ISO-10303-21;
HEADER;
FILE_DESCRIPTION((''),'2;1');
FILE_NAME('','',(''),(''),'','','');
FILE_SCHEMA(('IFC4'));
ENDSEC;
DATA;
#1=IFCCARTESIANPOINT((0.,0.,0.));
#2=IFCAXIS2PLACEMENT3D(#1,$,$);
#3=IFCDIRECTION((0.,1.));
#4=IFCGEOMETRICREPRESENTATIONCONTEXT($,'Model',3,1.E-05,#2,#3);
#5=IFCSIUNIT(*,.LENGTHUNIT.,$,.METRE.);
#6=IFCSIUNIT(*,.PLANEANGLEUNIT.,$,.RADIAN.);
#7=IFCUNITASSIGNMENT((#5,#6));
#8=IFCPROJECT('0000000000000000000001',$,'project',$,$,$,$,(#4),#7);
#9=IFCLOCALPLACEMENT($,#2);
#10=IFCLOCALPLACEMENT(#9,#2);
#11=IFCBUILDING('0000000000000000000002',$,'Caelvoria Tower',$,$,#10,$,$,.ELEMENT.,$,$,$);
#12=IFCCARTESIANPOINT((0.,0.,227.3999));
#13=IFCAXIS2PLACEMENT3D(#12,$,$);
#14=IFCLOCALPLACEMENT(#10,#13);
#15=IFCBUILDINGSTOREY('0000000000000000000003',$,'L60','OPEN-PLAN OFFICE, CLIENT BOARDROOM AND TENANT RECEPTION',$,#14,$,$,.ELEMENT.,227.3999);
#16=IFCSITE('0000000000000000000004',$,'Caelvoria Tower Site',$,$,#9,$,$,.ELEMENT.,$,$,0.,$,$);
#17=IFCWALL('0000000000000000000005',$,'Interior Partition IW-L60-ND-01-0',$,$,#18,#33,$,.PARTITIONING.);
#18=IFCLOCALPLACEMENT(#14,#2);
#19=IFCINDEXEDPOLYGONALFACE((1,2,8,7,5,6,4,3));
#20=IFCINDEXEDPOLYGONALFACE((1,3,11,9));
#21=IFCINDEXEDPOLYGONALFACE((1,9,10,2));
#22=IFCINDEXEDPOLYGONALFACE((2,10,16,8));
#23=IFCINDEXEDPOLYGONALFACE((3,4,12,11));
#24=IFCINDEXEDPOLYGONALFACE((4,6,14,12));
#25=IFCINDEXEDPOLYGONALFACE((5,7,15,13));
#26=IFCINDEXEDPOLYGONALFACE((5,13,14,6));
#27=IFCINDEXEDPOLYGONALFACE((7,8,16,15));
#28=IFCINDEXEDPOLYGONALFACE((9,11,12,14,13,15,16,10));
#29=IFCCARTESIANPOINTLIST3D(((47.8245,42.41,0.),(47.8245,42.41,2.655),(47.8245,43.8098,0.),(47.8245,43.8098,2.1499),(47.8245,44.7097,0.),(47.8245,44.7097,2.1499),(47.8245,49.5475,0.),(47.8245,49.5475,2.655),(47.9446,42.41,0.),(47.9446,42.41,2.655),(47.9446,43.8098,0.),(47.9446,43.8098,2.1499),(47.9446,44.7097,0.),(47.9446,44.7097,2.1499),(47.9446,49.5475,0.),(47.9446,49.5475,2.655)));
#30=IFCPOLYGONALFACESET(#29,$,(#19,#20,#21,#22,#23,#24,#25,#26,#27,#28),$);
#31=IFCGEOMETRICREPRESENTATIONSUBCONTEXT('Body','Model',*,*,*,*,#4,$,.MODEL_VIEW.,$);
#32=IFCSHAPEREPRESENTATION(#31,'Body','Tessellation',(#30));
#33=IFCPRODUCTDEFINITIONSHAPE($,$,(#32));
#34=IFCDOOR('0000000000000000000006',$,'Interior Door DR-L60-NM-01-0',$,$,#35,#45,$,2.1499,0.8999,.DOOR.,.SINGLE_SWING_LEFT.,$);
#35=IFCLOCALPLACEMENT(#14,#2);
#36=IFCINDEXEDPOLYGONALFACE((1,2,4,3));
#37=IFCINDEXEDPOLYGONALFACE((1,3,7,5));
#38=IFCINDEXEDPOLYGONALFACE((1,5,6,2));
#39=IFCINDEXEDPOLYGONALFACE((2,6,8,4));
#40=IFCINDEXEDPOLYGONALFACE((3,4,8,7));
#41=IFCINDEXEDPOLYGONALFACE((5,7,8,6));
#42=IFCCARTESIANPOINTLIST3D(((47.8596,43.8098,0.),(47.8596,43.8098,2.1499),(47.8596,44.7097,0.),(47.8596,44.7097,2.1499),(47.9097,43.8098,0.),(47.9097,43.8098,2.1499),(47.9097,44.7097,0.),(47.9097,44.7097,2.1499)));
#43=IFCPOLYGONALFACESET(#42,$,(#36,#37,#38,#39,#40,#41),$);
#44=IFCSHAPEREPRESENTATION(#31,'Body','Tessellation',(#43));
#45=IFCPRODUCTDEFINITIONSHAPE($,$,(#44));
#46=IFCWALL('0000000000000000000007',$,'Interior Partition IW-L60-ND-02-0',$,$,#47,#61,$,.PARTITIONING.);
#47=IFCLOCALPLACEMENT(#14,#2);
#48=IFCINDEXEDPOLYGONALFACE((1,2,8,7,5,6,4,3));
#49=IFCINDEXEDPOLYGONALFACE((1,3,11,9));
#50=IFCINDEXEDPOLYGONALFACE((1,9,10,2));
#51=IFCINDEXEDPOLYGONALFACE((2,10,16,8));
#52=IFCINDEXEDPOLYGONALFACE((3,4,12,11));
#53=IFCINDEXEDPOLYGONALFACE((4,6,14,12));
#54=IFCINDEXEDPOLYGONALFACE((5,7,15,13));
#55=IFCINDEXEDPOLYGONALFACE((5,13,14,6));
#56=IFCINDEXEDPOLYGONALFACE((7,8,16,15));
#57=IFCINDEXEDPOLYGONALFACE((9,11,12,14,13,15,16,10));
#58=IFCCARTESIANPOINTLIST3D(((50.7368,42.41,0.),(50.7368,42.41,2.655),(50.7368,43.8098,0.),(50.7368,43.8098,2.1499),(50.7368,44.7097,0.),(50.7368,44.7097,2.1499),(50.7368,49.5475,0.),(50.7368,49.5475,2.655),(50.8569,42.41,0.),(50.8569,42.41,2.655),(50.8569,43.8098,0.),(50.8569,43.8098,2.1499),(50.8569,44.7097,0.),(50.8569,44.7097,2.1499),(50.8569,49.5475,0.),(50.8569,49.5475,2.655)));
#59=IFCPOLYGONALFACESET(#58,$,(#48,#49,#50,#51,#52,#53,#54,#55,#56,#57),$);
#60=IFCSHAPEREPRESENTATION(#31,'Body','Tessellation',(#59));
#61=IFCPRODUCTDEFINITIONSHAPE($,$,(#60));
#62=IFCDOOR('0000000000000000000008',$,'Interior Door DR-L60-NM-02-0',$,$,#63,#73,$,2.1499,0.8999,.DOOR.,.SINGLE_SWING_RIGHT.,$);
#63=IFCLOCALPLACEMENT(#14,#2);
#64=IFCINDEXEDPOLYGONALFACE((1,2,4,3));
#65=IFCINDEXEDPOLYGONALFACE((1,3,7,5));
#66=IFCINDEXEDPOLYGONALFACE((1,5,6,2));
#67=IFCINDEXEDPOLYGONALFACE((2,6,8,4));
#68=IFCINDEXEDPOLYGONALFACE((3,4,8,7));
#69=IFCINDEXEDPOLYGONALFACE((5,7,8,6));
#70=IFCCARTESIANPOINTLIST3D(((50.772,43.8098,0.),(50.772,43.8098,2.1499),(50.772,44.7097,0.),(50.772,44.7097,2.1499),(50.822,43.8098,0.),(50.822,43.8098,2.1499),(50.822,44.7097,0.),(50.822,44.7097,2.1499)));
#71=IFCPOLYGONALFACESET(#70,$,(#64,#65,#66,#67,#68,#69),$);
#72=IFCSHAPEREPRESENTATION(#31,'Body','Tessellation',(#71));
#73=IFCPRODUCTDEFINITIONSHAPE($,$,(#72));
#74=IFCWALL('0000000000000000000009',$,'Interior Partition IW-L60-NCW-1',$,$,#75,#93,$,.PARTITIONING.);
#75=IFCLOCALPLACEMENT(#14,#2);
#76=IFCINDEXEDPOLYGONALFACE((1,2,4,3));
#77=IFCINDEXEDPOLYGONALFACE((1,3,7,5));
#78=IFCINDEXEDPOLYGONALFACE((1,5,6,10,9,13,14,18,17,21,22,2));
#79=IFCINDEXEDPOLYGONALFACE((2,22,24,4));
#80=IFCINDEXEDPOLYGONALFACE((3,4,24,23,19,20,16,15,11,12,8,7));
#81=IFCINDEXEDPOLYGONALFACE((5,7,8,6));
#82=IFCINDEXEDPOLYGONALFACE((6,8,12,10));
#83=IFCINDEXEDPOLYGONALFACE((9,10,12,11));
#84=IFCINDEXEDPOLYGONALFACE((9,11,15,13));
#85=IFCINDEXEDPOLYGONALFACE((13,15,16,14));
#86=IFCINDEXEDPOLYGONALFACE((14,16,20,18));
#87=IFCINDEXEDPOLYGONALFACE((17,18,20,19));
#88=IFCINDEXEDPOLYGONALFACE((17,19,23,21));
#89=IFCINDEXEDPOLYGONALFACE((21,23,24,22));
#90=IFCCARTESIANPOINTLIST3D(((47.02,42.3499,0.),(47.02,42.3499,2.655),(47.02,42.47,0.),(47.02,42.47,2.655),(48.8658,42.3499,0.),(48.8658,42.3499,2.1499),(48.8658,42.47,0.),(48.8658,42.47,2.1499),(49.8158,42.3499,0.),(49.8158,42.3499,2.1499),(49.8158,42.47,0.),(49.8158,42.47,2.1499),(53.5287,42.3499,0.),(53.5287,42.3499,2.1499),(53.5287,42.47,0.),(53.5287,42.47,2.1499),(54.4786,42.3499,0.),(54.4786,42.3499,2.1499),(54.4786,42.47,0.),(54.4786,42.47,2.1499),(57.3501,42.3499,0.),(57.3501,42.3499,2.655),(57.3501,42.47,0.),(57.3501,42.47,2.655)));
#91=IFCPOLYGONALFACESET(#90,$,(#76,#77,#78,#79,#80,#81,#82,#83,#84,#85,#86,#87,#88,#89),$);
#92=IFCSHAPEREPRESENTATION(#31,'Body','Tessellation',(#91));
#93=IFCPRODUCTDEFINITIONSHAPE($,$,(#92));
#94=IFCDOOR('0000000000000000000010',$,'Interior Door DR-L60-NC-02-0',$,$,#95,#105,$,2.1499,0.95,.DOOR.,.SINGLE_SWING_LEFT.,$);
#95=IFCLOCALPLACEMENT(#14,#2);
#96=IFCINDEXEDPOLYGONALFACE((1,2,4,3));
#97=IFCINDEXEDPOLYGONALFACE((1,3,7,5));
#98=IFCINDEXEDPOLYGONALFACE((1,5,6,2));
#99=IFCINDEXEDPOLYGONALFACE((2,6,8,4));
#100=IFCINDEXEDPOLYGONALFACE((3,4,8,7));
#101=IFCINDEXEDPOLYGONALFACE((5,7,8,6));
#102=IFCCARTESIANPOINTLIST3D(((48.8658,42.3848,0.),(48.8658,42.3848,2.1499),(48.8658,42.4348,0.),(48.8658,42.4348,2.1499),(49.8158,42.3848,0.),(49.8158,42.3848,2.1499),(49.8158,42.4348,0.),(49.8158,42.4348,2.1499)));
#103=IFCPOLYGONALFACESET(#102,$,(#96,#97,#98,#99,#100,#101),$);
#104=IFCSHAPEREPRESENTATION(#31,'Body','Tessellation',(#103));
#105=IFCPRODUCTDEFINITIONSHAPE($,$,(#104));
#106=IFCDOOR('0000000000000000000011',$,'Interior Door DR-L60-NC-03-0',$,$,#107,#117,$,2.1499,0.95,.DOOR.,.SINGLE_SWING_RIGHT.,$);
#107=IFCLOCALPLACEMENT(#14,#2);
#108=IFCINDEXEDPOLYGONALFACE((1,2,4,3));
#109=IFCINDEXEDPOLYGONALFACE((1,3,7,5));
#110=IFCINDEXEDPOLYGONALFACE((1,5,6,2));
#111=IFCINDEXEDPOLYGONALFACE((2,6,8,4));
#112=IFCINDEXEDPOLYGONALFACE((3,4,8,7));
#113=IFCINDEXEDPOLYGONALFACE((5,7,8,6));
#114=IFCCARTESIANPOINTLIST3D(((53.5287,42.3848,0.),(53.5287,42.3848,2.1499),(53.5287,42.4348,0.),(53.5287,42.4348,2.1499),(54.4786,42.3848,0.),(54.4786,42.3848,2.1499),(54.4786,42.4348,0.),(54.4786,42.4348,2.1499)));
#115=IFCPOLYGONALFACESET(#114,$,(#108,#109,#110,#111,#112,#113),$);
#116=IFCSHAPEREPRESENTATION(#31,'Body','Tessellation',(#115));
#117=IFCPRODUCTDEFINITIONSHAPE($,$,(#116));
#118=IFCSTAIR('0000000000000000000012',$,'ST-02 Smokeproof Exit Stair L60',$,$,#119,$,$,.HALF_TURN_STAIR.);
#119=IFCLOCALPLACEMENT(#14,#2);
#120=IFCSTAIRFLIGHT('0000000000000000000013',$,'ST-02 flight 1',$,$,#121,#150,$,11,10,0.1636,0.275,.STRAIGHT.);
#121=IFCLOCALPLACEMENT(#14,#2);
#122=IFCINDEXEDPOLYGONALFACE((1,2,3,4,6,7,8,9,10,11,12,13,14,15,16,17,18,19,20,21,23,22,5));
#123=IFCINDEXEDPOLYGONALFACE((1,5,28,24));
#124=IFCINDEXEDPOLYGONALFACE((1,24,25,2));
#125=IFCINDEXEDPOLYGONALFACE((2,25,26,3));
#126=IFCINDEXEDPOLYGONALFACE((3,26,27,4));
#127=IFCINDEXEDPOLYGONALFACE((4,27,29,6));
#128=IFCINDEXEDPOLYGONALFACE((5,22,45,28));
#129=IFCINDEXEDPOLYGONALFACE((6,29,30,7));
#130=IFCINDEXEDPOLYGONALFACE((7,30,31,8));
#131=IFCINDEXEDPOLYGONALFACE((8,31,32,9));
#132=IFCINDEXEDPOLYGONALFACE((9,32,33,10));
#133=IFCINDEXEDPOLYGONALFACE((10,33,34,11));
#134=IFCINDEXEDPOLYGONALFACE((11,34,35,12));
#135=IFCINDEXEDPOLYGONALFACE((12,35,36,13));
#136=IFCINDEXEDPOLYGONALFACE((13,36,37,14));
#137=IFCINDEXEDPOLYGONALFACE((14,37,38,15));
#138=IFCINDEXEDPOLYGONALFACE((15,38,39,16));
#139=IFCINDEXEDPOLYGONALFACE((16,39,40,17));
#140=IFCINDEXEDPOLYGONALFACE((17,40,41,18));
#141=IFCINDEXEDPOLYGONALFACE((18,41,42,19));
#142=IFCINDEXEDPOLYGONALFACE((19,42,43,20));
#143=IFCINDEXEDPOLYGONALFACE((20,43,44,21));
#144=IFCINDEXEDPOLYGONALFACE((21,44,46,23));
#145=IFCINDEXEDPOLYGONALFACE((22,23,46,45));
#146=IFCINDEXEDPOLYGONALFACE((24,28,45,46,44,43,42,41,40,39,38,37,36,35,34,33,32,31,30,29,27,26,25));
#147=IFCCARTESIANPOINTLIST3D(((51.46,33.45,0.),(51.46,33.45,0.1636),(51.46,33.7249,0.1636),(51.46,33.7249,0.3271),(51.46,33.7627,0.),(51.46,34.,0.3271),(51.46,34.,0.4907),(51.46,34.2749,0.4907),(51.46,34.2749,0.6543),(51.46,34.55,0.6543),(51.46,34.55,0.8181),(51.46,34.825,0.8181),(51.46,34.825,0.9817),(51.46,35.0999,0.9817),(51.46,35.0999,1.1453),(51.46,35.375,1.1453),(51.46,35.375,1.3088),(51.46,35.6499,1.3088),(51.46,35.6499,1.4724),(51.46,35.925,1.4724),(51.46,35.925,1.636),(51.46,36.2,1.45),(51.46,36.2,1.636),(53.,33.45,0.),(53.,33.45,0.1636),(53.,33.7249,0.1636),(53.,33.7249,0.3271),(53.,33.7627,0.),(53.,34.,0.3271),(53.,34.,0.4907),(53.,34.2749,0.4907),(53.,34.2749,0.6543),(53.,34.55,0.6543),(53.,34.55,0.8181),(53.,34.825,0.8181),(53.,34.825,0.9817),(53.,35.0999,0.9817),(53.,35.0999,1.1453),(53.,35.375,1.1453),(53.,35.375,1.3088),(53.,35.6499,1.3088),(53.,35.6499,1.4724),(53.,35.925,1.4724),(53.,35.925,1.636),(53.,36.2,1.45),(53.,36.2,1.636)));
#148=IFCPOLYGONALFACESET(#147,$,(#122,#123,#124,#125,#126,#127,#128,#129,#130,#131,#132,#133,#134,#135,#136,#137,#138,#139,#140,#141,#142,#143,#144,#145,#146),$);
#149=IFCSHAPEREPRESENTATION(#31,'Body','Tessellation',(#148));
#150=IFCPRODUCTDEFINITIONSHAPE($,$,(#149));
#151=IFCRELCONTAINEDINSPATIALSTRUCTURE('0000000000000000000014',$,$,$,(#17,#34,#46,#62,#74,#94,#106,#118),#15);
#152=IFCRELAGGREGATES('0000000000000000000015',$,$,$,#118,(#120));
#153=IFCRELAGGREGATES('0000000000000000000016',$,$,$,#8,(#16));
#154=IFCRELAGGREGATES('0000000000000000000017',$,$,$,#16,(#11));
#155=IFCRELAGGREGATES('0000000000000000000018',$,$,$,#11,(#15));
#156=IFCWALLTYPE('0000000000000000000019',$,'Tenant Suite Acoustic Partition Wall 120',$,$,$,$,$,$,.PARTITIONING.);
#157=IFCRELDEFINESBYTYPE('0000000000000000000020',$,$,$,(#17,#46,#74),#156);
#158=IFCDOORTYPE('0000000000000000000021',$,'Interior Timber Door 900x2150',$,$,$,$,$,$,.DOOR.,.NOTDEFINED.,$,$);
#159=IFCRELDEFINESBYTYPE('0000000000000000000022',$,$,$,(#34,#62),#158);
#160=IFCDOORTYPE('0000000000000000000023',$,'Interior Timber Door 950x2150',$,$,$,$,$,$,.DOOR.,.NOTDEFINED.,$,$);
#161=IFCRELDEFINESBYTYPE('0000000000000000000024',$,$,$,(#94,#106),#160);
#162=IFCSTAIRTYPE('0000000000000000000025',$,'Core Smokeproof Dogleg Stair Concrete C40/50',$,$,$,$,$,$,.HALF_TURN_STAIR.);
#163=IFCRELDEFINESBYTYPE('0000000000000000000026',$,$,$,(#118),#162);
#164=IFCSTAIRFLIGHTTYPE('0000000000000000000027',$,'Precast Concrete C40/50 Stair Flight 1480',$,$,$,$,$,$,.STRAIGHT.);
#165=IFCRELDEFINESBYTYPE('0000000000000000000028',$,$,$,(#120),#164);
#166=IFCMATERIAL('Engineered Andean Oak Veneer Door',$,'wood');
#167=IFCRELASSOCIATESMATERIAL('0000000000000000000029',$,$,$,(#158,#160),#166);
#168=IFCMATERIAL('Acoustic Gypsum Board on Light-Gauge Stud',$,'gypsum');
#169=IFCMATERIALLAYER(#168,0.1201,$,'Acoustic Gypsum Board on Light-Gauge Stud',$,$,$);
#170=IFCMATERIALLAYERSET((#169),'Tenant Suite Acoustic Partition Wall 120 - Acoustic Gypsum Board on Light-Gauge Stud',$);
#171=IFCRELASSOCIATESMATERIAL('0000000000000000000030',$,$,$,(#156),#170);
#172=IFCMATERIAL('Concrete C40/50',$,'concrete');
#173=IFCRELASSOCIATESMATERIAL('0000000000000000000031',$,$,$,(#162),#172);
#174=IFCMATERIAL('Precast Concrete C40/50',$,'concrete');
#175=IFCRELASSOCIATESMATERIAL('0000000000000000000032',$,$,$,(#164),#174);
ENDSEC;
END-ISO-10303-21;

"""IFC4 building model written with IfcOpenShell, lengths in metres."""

from ifc_helpers import new_model, si_unit, direction, frame, frame_2d, origin, place, context, subcontext, project, spatial, polyline, rectangle, outline, extrude, material, layer, layer_set, type_object, element, fill, aggregate, save


model = new_model("IFC4")

# Units and contexts
model_context = context("Model", 3, precision=1e-05, world=origin(), true_north=direction((0.0, 1.0)))
body_context = subcontext(model_context, "Body", "Model", "MODEL_VIEW")
ifc_project = project(units=[si_unit("LENGTHUNIT", "METRE"), si_unit("PLANEANGLEUNIT", "RADIAN")], contexts=[model_context])

# Site, building, storey
site_placement = place(None, origin())
site = spatial("IfcSite", under=ifc_project, at=site_placement, Name="Caelvoria Tower Site", CompositionType="ELEMENT", RefElevation=0.0)
building_placement = place(site_placement, origin())
building = spatial("IfcBuilding", under=site, at=building_placement, Name="Caelvoria Tower", CompositionType="ELEMENT")
storey_placement = place(building_placement, frame((0.0, 0.0, 227.3999)))
storey = spatial("IfcBuildingStorey", under=building, at=storey_placement, Name="L60", Description="OPEN-PLAN OFFICE, CLIENT BOARDROOM AND TENANT RECEPTION", CompositionType="ELEMENT", Elevation=227.3999)

# Walls, openings, doors
ifc_material_1 = material(Name="Engineered Andean Oak Veneer Door", Category="wood")
door_type_1 = type_object("IfcDoorType", Name="Interior Timber Door 900x2150", OperationType="NOTDEFINED", PredefinedType="DOOR", material=ifc_material_1)
ifc_material_2 = material(Name="Acoustic Gypsum Board on Light-Gauge Stud", Category="gypsum")
ifc_layer_1 = layer(ifc_material_2, 0.1201, Name="Acoustic Gypsum Board on Light-Gauge Stud")
ifc_layer_set_1 = layer_set([ifc_layer_1], Name="Tenant Suite Acoustic Partition Wall 120 - Acoustic Gypsum Board on Light-Gauge Stud")
wall_type_1 = type_object("IfcWallType", Name="Tenant Suite Acoustic Partition Wall 120", PredefinedType="PARTITIONING", material=ifc_layer_set_1)
wall_1_placement = place(storey_placement, frame((47.8845, 42.4099, 0.0), z_axis=(0.0, 0.0, 1.0), x_axis=(0.0, 1.0, 0.0)))
wall_1 = element("IfcWall", 1, at=wall_1_placement, inside=storey, type_object=wall_type_1, Name="Interior Partition IW-L60-ND-01-0", PredefinedType="PARTITIONING", context=body_context, shape_type="SweptSolid", body=[
    extrude(rectangle(XDim=7.1375, YDim=0.1201, at=frame_2d((3.5688, 0.0))), origin(), (0.0, 0.0, 1.0), 2.655),
])
opening_1_placement = place(wall_1_placement, frame((1.3999, 0.0, 0.0)))
opening_1 = element("IfcOpeningElement", 2, at=opening_1_placement, cuts=wall_1, PredefinedType="OPENING", context=body_context, shape_type="SweptSolid", body=[
    extrude(rectangle(XDim=0.8999, YDim=2.1499, at=frame_2d((0.45, 1.075))), frame((0.0, 0.0701, 0.0), z_axis=(0.0, -1.0, 0.0), x_axis=(1.0, 0.0, 0.0)), (0.0, 0.0, 1.0), 0.1401),
])
door_1_placement = place(opening_1_placement, origin())
door_1 = element("IfcDoor", 3, at=door_1_placement, inside=storey, type_object=door_type_1, Name="Interior Door DR-L60-NM-01-0", OperationType="SINGLE_SWING_LEFT", OverallHeight=2.1499, OverallWidth=0.8999, PredefinedType="DOOR", context=body_context, shape_type="SweptSolid", body=[
    extrude(rectangle(XDim=0.8999, YDim=2.1499, at=frame_2d((0.45, 1.075))), frame((0.0, 0.0249, 0.0), z_axis=(0.0, -1.0, 0.0), x_axis=(1.0, 0.0, 0.0)), (0.0, 0.0, 1.0), 0.05),
])
fill(opening_1, door_1)
wall_2_placement = place(storey_placement, frame((50.7969, 42.4099, 0.0), z_axis=(0.0, 0.0, 1.0), x_axis=(0.0, 1.0, 0.0)))
wall_2 = element("IfcWall", 4, at=wall_2_placement, inside=storey, type_object=wall_type_1, Name="Interior Partition IW-L60-ND-02-0", PredefinedType="PARTITIONING", context=body_context, shape_type="SweptSolid", body=[
    extrude(rectangle(XDim=7.1375, YDim=0.1201, at=frame_2d((3.5688, 0.0))), origin(), (0.0, 0.0, 1.0), 2.655),
])
opening_2_placement = place(wall_2_placement, frame((1.3999, 0.0, 0.0)))
opening_2 = element("IfcOpeningElement", 5, at=opening_2_placement, cuts=wall_2, PredefinedType="OPENING", context=body_context, shape_type="SweptSolid", body=[
    extrude(rectangle(XDim=0.8999, YDim=2.1499, at=frame_2d((0.45, 1.075))), frame((0.0, 0.0701, 0.0), z_axis=(0.0, -1.0, 0.0), x_axis=(1.0, 0.0, 0.0)), (0.0, 0.0, 1.0), 0.1401),
])
door_2_placement = place(opening_2_placement, origin())
door_2 = element("IfcDoor", 6, at=door_2_placement, inside=storey, type_object=door_type_1, Name="Interior Door DR-L60-NM-02-0", OperationType="SINGLE_SWING_RIGHT", OverallHeight=2.1499, OverallWidth=0.8999, PredefinedType="DOOR", context=body_context, shape_type="SweptSolid", body=[
    extrude(rectangle(XDim=0.8999, YDim=2.1499, at=frame_2d((0.45, 1.075))), frame((0.0, 0.0249, 0.0), z_axis=(0.0, -1.0, 0.0), x_axis=(1.0, 0.0, 0.0)), (0.0, 0.0, 1.0), 0.05),
])
fill(opening_2, door_2)

# Wall, openings, doors
wall_3_placement = place(storey_placement, frame((47.02, 42.4099, 0.0), z_axis=(0.0, 0.0, 1.0), x_axis=(1.0, 0.0, 0.0)))
wall_3 = element("IfcWall", 7, at=wall_3_placement, inside=storey, type_object=wall_type_1, Name="Interior Partition IW-L60-NCW-1", PredefinedType="PARTITIONING", context=body_context, shape_type="SweptSolid", body=[
    extrude(rectangle(XDim=10.3301, YDim=0.1201, at=frame_2d((5.165, 0.0))), origin(), (0.0, 0.0, 1.0), 2.655),
])
opening_3_placement = place(wall_3_placement, frame((1.8457, 0.0, 0.0)))
opening_3 = element("IfcOpeningElement", 8, at=opening_3_placement, cuts=wall_3, PredefinedType="OPENING", context=body_context, shape_type="SweptSolid", body=[
    extrude(rectangle(XDim=0.95, YDim=2.1499, at=frame_2d((0.4751, 1.075))), frame((0.0, 0.0701, 0.0), z_axis=(0.0, -1.0, 0.0), x_axis=(1.0, 0.0, 0.0)), (0.0, 0.0, 1.0), 0.1401),
])
opening_4_placement = place(wall_3_placement, frame((6.5085, 0.0, 0.0)))
opening_4 = element("IfcOpeningElement", 9, at=opening_4_placement, cuts=wall_3, PredefinedType="OPENING", context=body_context, shape_type="SweptSolid", body=[
    extrude(rectangle(XDim=0.95, YDim=2.1499, at=frame_2d((0.4751, 1.075))), frame((0.0, 0.0701, 0.0), z_axis=(0.0, -1.0, 0.0), x_axis=(1.0, 0.0, 0.0)), (0.0, 0.0, 1.0), 0.1401),
])
door_type_2 = type_object("IfcDoorType", Name="Interior Timber Door 950x2150", OperationType="NOTDEFINED", PredefinedType="DOOR", material=ifc_material_1)
door_3_placement = place(opening_3_placement, origin())
door_3 = element("IfcDoor", 10, at=door_3_placement, inside=storey, type_object=door_type_2, Name="Interior Door DR-L60-NC-02-0", OperationType="SINGLE_SWING_LEFT", OverallHeight=2.1499, OverallWidth=0.95, PredefinedType="DOOR", context=body_context, shape_type="SweptSolid", body=[
    extrude(rectangle(XDim=0.95, YDim=2.1499, at=frame_2d((0.4751, 1.075))), frame((0.0, 0.0249, 0.0), z_axis=(0.0, -1.0, 0.0), x_axis=(1.0, 0.0, 0.0)), (0.0, 0.0, 1.0), 0.05),
])
fill(opening_3, door_3)
door_4_placement = place(opening_4_placement, origin())
door_4 = element("IfcDoor", 11, at=door_4_placement, inside=storey, type_object=door_type_2, Name="Interior Door DR-L60-NC-03-0", OperationType="SINGLE_SWING_RIGHT", OverallHeight=2.1499, OverallWidth=0.95, PredefinedType="DOOR", context=body_context, shape_type="SweptSolid", body=[
    extrude(rectangle(XDim=0.95, YDim=2.1499, at=frame_2d((0.4751, 1.075))), frame((0.0, 0.0249, 0.0), z_axis=(0.0, -1.0, 0.0), x_axis=(1.0, 0.0, 0.0)), (0.0, 0.0, 1.0), 0.05),
])
fill(opening_4, door_4)

# Stair, stair flight
ifc_material_3 = material(Name="Concrete C40/50", Category="concrete")
stair_type = type_object("IfcStairType", Name="Core Smokeproof Dogleg Stair Concrete C40/50", PredefinedType="HALF_TURN_STAIR", material=ifc_material_3)
stair_placement = place(storey_placement, origin())
stair = element("IfcStair", 12, at=stair_placement, inside=storey, type_object=stair_type, Name="ST-02 Smokeproof Exit Stair L60", PredefinedType="HALF_TURN_STAIR")
ifc_material_4 = material(Name="Precast Concrete C40/50", Category="concrete")
stair_flight_type = type_object("IfcStairFlightType", Name="Precast Concrete C40/50 Stair Flight 1480", PredefinedType="STRAIGHT", material=ifc_material_4)
stair_flight_1_placement = place(storey_placement, frame((52.23, 33.45, 0.0), z_axis=(0.0, 0.0, 1.0), x_axis=(0.0, 1.0, 0.0)))
stair_flight_1 = element("IfcStairFlight", 13, at=stair_flight_1_placement, type_object=stair_flight_type, Name="ST-02 flight 1", NumberOfRisers=11, NumberOfTreads=10, PredefinedType="STRAIGHT", RiserHeight=0.1636, TreadLength=0.275, context=body_context, shape_type="SweptSolid", body=[
    extrude(outline(polyline([(0.0, 0.0), (0.0, 0.1636), (0.2749, 0.1636), (0.2749, 0.3271), (0.55, 0.3271), (0.55, 0.4907), (0.825, 0.4907), (0.825, 0.6543), (1.1001, 0.6543), (1.1001, 0.8181), (1.375, 0.8181), (1.375, 0.9817), (1.6499, 0.9817), (1.6499, 1.1453), (1.925, 1.1453), (1.925, 1.3088), (2.2, 1.3088), (2.2, 1.4724), (2.4751, 1.4724), (2.4751, 1.636), (2.75, 1.636), (2.75, 1.7996), (2.75, 1.45), (0.3127, 0.0), (0.0, 0.0)])), frame((0.0, 0.77, 0.0), z_axis=(0.0, -1.0, 0.0), x_axis=(1.0, 0.0, 0.0)), (0.0, 0.0, 1.0), 1.54),
])
aggregate(stair, [stair_flight_1])

save(model, "model.ifc")
